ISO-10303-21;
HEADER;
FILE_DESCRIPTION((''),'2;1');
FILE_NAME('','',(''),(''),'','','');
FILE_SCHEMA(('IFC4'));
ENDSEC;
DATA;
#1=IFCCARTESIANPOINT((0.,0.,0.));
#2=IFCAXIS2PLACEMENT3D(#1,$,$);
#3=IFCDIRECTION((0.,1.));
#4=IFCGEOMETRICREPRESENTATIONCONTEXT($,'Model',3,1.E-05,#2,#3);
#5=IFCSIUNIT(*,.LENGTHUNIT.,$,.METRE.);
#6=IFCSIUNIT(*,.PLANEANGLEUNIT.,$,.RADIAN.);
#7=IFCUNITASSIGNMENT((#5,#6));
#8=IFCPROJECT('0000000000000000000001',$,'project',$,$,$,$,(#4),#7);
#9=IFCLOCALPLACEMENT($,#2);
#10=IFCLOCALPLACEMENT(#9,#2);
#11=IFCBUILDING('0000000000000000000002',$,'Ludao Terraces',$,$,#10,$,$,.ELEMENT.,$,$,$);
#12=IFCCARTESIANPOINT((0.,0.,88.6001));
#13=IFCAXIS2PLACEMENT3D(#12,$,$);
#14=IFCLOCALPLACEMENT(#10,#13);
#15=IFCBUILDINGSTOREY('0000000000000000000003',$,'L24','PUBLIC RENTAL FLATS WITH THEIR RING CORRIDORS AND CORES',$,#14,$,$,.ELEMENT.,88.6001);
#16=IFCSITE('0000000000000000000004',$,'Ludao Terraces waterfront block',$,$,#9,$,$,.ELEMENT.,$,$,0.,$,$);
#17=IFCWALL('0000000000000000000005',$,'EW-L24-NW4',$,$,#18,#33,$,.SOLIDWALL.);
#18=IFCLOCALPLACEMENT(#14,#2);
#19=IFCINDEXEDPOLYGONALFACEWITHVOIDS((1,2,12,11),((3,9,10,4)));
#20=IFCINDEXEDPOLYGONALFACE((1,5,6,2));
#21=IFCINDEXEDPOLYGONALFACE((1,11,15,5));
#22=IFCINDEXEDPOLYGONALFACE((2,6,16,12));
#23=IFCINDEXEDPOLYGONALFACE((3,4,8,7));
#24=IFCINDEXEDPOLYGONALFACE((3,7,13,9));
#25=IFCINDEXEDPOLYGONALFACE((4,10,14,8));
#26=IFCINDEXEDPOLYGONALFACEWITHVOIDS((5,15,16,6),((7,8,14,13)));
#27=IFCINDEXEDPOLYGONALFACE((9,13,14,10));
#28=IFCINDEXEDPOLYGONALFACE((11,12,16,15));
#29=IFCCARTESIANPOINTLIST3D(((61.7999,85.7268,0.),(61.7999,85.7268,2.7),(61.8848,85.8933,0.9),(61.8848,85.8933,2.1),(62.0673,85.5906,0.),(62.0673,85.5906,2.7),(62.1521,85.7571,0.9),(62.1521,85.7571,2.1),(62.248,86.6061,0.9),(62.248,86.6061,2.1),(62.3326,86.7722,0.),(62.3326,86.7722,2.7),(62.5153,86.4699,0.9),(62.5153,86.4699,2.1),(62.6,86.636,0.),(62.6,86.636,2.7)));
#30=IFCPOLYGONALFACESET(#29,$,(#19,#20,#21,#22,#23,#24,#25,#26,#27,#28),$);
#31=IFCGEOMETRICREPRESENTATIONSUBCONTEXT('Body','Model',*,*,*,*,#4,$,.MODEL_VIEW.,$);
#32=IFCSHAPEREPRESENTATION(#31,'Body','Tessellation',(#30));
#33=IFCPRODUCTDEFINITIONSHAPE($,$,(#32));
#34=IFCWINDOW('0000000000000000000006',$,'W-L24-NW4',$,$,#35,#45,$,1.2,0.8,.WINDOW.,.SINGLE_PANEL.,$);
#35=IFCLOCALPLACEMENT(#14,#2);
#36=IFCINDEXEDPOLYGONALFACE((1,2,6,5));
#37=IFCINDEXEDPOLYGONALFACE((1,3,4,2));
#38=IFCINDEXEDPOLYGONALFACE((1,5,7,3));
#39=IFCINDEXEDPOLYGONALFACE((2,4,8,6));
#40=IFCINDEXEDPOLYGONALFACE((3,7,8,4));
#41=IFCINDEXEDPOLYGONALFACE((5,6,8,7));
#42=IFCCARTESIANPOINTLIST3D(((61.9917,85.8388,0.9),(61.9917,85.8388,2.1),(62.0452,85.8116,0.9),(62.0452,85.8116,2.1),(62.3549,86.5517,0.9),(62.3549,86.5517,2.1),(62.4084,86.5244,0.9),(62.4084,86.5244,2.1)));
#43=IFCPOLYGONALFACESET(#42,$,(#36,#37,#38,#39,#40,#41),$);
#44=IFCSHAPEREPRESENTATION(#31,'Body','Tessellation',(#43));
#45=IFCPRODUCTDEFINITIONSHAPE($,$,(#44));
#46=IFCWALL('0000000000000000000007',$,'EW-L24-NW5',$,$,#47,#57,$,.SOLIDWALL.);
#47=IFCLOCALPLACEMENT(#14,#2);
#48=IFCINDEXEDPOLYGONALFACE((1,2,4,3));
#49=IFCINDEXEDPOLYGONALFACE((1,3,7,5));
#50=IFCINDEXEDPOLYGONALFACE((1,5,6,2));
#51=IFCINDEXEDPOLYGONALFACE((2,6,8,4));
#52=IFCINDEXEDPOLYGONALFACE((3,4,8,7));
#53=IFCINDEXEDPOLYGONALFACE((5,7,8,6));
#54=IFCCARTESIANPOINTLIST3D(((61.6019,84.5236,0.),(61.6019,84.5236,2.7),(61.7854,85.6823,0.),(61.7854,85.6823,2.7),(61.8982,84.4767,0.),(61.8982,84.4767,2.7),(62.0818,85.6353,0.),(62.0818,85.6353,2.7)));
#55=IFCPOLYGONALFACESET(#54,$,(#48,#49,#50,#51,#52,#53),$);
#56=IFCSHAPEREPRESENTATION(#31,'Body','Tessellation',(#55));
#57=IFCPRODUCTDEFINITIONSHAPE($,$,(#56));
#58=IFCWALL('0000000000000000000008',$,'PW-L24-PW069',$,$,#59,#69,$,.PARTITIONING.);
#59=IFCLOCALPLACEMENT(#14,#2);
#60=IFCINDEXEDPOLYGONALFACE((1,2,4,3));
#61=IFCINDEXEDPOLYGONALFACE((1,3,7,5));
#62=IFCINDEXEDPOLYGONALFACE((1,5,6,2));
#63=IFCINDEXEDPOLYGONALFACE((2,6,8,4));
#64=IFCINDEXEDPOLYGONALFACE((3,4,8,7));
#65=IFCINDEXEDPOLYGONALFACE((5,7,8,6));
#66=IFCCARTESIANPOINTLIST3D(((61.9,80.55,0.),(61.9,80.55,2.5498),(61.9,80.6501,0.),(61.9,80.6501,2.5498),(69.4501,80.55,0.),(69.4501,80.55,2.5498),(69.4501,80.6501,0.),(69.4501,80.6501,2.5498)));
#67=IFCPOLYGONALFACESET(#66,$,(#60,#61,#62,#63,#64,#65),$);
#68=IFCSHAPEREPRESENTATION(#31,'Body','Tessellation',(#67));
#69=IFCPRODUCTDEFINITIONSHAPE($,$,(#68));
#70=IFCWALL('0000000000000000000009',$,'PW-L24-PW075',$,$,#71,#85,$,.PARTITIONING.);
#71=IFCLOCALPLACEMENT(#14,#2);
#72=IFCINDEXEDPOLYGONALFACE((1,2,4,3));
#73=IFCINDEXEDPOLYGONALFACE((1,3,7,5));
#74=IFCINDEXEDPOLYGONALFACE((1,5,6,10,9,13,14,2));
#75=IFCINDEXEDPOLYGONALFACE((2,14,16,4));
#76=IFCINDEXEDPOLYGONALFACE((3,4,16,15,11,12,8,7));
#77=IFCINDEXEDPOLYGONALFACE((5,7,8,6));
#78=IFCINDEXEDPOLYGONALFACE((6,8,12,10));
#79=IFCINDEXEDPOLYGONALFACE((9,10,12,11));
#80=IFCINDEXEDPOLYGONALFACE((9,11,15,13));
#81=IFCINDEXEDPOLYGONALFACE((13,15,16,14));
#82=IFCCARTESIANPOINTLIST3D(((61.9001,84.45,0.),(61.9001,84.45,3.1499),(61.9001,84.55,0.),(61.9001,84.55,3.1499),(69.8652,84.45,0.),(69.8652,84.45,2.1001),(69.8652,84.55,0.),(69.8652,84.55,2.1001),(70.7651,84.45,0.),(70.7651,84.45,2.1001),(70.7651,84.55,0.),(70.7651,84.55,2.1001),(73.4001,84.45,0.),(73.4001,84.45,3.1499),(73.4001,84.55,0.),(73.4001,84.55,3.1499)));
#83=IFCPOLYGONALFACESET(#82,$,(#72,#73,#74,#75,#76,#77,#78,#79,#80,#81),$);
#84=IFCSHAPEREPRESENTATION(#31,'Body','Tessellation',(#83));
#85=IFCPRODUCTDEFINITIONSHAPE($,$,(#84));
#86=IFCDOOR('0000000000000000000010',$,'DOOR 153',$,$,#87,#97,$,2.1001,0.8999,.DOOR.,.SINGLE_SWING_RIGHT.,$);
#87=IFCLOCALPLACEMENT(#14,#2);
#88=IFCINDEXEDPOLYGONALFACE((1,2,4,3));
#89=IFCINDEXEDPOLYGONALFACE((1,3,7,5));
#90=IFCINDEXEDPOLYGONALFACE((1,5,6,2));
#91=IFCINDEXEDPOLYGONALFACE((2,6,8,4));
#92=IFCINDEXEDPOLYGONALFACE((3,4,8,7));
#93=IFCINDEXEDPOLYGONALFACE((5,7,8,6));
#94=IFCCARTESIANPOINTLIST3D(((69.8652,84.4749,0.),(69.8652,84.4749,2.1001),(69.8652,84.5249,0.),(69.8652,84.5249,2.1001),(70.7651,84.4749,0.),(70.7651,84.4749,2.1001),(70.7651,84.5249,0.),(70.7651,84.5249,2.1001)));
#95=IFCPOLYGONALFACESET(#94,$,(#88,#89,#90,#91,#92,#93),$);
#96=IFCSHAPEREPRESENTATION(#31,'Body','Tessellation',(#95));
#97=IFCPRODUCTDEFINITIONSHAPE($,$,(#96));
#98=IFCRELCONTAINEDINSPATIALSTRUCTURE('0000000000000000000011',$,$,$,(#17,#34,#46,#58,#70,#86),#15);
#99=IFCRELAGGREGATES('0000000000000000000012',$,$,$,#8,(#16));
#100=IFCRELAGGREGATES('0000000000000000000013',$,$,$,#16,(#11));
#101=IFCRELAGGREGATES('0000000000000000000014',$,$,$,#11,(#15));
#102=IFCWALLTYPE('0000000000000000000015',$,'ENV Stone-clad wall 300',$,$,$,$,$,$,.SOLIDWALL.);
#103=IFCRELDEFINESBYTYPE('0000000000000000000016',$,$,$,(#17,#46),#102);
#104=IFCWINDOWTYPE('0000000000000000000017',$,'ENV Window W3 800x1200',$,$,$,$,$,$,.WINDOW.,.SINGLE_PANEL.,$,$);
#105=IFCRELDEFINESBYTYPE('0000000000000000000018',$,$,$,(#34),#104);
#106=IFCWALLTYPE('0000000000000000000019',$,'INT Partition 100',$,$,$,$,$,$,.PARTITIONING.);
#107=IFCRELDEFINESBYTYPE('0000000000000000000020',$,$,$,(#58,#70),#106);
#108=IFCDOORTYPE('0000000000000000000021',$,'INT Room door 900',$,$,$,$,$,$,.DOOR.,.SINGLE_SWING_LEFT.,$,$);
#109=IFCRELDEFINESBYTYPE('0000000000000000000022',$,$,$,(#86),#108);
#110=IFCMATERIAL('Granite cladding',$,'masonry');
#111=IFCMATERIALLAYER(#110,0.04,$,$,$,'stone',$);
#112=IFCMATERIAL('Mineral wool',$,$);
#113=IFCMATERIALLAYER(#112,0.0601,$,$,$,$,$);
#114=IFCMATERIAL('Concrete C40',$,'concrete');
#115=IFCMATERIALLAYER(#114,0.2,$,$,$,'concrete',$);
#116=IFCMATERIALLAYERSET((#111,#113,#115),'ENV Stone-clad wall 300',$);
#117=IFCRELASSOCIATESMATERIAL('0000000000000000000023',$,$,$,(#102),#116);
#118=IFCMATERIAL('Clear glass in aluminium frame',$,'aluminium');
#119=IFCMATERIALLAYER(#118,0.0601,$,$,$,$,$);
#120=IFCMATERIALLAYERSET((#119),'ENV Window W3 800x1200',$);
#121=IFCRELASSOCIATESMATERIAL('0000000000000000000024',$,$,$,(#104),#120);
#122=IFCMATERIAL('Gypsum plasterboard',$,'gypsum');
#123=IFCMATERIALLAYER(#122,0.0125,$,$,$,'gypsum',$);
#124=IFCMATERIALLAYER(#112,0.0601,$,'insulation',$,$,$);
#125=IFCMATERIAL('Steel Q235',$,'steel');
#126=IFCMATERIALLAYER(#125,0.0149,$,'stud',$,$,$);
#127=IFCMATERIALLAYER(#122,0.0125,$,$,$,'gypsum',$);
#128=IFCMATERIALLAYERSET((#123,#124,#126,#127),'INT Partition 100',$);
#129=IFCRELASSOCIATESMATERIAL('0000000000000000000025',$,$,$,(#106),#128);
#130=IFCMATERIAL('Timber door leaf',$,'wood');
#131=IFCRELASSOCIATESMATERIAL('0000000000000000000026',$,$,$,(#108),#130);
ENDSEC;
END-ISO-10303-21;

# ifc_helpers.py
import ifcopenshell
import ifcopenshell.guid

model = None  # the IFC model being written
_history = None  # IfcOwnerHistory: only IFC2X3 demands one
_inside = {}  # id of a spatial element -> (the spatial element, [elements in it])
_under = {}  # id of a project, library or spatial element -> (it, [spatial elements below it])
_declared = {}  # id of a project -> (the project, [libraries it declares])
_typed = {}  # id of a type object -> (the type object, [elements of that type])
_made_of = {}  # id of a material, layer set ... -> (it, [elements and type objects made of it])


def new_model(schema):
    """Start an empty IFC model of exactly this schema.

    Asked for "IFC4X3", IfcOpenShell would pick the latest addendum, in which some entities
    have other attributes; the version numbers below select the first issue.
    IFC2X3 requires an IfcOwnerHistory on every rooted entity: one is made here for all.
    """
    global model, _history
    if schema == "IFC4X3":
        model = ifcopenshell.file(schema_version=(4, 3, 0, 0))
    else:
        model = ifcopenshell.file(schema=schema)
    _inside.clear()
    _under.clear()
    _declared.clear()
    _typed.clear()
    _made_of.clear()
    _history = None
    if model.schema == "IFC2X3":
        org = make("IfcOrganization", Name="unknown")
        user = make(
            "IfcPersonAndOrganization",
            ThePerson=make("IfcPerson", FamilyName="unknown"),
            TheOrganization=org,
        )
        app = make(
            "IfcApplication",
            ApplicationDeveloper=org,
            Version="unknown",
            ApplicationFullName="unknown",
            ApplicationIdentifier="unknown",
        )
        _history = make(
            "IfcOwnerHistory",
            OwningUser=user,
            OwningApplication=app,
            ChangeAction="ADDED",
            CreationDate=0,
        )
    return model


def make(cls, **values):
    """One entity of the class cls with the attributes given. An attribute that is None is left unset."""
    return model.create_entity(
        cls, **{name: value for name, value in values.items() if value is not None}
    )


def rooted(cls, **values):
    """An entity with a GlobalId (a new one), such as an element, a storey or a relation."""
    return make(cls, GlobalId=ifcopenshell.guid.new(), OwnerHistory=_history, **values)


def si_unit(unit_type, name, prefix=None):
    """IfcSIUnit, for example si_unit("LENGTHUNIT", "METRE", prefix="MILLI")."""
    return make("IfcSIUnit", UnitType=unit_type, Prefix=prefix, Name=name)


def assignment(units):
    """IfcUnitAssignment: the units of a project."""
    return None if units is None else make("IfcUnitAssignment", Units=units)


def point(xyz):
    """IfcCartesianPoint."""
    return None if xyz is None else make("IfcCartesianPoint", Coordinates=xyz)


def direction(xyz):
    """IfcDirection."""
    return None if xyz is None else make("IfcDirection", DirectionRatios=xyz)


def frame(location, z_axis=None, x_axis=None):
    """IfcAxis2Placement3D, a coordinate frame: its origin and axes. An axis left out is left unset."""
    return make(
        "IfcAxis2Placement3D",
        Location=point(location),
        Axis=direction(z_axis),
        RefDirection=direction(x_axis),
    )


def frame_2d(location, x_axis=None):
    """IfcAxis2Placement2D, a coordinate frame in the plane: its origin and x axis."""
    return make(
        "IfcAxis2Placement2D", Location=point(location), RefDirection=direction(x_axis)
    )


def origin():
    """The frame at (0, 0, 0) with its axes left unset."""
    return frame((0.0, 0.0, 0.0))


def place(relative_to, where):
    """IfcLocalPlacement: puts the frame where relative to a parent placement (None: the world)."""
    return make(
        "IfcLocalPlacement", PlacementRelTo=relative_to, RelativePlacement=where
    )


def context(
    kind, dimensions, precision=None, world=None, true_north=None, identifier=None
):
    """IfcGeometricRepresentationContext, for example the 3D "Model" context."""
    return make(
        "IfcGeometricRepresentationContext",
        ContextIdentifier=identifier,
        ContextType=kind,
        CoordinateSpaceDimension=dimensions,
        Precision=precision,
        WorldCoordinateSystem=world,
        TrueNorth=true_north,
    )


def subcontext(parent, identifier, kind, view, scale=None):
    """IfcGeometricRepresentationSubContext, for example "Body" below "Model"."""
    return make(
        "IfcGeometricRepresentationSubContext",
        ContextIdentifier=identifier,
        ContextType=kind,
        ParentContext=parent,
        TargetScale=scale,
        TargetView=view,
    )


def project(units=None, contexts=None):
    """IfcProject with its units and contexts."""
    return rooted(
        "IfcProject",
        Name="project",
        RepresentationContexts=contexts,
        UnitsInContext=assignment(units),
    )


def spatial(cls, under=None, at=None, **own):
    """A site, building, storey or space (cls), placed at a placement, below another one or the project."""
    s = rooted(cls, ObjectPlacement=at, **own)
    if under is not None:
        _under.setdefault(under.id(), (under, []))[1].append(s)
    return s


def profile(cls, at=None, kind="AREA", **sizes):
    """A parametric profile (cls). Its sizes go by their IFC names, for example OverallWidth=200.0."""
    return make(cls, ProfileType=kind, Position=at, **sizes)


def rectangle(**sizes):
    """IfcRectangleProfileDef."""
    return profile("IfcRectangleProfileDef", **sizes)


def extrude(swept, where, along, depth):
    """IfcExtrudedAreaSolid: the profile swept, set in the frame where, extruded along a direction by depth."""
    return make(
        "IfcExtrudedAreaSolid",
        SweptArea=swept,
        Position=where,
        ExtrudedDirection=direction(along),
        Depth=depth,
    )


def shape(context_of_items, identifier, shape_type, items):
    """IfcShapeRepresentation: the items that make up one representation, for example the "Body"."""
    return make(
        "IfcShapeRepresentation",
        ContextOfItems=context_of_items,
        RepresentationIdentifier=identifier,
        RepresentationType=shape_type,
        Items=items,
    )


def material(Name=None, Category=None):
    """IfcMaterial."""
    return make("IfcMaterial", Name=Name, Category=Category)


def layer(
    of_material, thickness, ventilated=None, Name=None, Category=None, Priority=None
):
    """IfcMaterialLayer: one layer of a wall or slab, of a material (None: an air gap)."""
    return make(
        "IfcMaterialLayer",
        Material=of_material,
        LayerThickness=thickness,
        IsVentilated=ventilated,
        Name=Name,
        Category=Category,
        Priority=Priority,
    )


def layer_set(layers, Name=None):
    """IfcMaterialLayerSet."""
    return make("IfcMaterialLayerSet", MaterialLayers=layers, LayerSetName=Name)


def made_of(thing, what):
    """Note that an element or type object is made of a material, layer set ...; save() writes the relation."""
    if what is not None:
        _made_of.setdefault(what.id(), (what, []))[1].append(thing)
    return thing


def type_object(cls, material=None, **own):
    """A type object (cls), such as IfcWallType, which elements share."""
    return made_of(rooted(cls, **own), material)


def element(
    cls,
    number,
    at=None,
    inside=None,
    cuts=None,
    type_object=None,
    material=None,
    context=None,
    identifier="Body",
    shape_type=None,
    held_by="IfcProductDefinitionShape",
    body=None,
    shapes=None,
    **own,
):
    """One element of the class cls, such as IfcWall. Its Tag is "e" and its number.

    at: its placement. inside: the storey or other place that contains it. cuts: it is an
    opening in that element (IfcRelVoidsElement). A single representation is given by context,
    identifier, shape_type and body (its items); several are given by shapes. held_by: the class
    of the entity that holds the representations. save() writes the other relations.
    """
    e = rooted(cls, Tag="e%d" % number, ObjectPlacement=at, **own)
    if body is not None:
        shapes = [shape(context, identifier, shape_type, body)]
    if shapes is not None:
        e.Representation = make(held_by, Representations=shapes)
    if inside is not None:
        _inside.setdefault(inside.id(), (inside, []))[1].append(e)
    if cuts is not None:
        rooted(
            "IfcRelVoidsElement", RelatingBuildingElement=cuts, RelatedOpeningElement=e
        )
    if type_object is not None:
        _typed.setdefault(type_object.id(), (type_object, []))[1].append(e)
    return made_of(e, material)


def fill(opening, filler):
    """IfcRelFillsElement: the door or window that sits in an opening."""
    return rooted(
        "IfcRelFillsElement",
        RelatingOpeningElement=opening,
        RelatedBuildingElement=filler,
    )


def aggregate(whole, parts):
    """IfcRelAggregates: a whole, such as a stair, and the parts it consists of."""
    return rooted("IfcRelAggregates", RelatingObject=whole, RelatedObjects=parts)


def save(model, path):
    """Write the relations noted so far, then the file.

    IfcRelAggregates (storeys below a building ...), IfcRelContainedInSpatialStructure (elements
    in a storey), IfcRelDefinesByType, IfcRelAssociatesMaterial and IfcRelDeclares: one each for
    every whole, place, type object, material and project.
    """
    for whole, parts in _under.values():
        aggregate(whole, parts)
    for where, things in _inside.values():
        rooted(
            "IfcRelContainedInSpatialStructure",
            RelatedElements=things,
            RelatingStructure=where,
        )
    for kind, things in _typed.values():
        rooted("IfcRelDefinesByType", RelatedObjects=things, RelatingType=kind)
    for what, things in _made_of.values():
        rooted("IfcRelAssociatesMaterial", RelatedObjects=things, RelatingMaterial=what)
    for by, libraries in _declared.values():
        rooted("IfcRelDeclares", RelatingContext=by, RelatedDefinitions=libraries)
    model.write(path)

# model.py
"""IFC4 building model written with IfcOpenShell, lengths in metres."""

from ifc_helpers import new_model, si_unit, direction, frame, frame_2d, origin, place, context, subcontext, project, spatial, rectangle, extrude, material, layer, layer_set, type_object, element, fill, save


model = new_model("IFC4")

# Units and contexts
model_context = context("Model", 3, precision=1e-05, world=origin(), true_north=direction((0.0, 1.0)))
body_context = subcontext(model_context, "Body", "Model", "MODEL_VIEW")
ifc_project = project(units=[si_unit("LENGTHUNIT", "METRE"), si_unit("PLANEANGLEUNIT", "RADIAN")], contexts=[model_context])

# Site, building, storey
site_placement = place(None, origin())
site = spatial("IfcSite", under=ifc_project, at=site_placement, Name="Ludao Terraces waterfront block", CompositionType="ELEMENT", RefElevation=0.0)
building_placement = place(site_placement, origin())
building = spatial("IfcBuilding", under=site, at=building_placement, Name="Ludao Terraces", CompositionType="ELEMENT")
storey_placement = place(building_placement, frame((0.0, 0.0, 88.6001)))
storey = spatial("IfcBuildingStorey", under=building, at=storey_placement, Name="L24", Description="PUBLIC RENTAL FLATS WITH THEIR RING CORRIDORS AND CORES", CompositionType="ELEMENT", Elevation=88.6001)

# Shared definitions
ifc_material_1 = material(Name="Concrete C40", Category="concrete")

# Wall, opening, window
ifc_material_2 = material(Name="Granite cladding", Category="masonry")
ifc_layer_1 = layer(ifc_material_2, 0.04, Category="stone")
ifc_material_3 = material(Name="Mineral wool")
ifc_layer_2 = layer(ifc_material_3, 0.0601)
ifc_layer_3 = layer(ifc_material_1, 0.2, Category="concrete")
ifc_layer_set_1 = layer_set([ifc_layer_1, ifc_layer_2, ifc_layer_3], Name="ENV Stone-clad wall 300")
wall_type_1 = type_object("IfcWallType", Name="ENV Stone-clad wall 300", PredefinedType="SOLIDWALL", material=ifc_layer_set_1)
ifc_material_4 = material(Name="Clear glass in aluminium frame", Category="aluminium")
ifc_layer_4 = layer(ifc_material_4, 0.0601)
ifc_layer_set_2 = layer_set([ifc_layer_4], Name="ENV Window W3 800x1200")
window_type_1 = type_object("IfcWindowType", Name="ENV Window W3 800x1200", PartitioningType="SINGLE_PANEL", PredefinedType="WINDOW", material=ifc_layer_set_2)
wall_1_placement = place(storey_placement, frame((62.4663, 86.7041, 0.0), z_axis=(0.0, 0.0, 1.0), x_axis=(-0.454026, -0.890989, 0.0)))
wall_1 = element("IfcWall", 1, at=wall_1_placement, inside=storey, type_object=wall_type_1, Name="EW-L24-NW4", PredefinedType="SOLIDWALL", context=body_context, shape_type="SweptSolid", body=[
    extrude(rectangle(XDim=1.1733, YDim=0.3, at=frame_2d((0.5867, 0.0))), origin(), (0.0, 0.0, 1.0), 2.7),
])
opening_1_placement = place(wall_1_placement, frame((0.1865, 0.0, 0.8999)))
opening_1 = element("IfcOpeningElement", 2, at=opening_1_placement, cuts=wall_1, PredefinedType="OPENING", context=body_context, shape_type="SweptSolid", body=[
    extrude(rectangle(XDim=0.8, YDim=1.2, at=frame_2d((0.3999, 0.6001))), frame((0.0, 0.1602, 0.0), z_axis=(0.0, -1.0, 0.0), x_axis=(1.0, 0.0, 0.0)), (0.0, 0.0, 1.0), 0.3201),
])
window_1_placement = place(opening_1_placement, origin())
window_1 = element("IfcWindow", 3, at=window_1_placement, inside=storey, type_object=window_type_1, Name="W-L24-NW4", OverallHeight=1.2, OverallWidth=0.8, PartitioningType="SINGLE_PANEL", PredefinedType="WINDOW", context=body_context, shape_type="SweptSolid", body=[
    extrude(rectangle(XDim=0.8, YDim=1.2, at=frame_2d((0.3999, 0.6001))), frame((0.0, 0.03, 0.0), z_axis=(0.0, -1.0, 0.0), x_axis=(1.0, 0.0, 0.0)), (0.0, 0.0, 1.0), 0.0601),
])
fill(opening_1, window_1)

# Walls
wall_2_placement = place(storey_placement, frame((61.9336, 85.6587, 0.0), z_axis=(0.0, 0.0, 1.0), x_axis=(-0.156497, -0.987678, 0.0)))
element("IfcWall", 4, at=wall_2_placement, inside=storey, type_object=wall_type_1, Name="EW-L24-NW5", PredefinedType="SOLIDWALL", context=body_context, shape_type="SweptSolid", body=[
    extrude(rectangle(XDim=1.1731, YDim=0.3, at=frame_2d((0.5864, 0.0))), origin(), (0.0, 0.0, 1.0), 2.7),
])
ifc_material_5 = material(Name="Gypsum plasterboard", Category="gypsum")
ifc_layer_5 = layer(ifc_material_5, 0.0125, Category="gypsum")
ifc_layer_6 = layer(ifc_material_3, 0.0601, Name="insulation")
ifc_material_6 = material(Name="Steel Q235", Category="steel")
ifc_layer_7 = layer(ifc_material_6, 0.0149, Name="stud")
ifc_layer_8 = layer(ifc_material_5, 0.0125, Category="gypsum")
ifc_layer_set_3 = layer_set([ifc_layer_5, ifc_layer_6, ifc_layer_7, ifc_layer_8], Name="INT Partition 100")
wall_type_2 = type_object("IfcWallType", Name="INT Partition 100", PredefinedType="PARTITIONING", material=ifc_layer_set_3)
wall_3_placement = place(storey_placement, frame((61.9001, 80.6001, 0.0), z_axis=(0.0, 0.0, 1.0), x_axis=(1.0, 0.0, 0.0)))
element("IfcWall", 5, at=wall_3_placement, inside=storey, type_object=wall_type_2, Name="PW-L24-PW069", PredefinedType="PARTITIONING", context=body_context, shape_type="SweptSolid", body=[
    extrude(rectangle(XDim=7.55, YDim=0.1001, at=frame_2d((3.7749, 0.0))), origin(), (0.0, 0.0, 1.0), 2.5498),
])

# Wall, opening, door
wall_4_placement = place(storey_placement, frame((61.9001, 84.5, 0.0), z_axis=(0.0, 0.0, 1.0), x_axis=(1.0, 0.0, 0.0)))
wall_4 = element("IfcWall", 6, at=wall_4_placement, inside=storey, type_object=wall_type_2, Name="PW-L24-PW075", PredefinedType="PARTITIONING", context=body_context, shape_type="SweptSolid", body=[
    extrude(rectangle(XDim=11.5, YDim=0.1001, at=frame_2d((5.75, 0.0))), origin(), (0.0, 0.0, 1.0), 3.1499),
])
opening_2_placement = place(wall_4_placement, frame((7.9651, 0.0, 0.0)))
opening_2 = element("IfcOpeningElement", 7, at=opening_2_placement, cuts=wall_4, PredefinedType="OPENING", context=body_context, shape_type="SweptSolid", body=[
    extrude(rectangle(XDim=0.8999, YDim=2.1001, at=frame_2d((0.45, 1.05))), frame((0.0, 0.0601, 0.0), z_axis=(0.0, -1.0, 0.0), x_axis=(1.0, 0.0, 0.0)), (0.0, 0.0, 1.0), 0.1201),
])
ifc_material_7 = material(Name="Timber door leaf", Category="wood")
door_type = type_object("IfcDoorType", Name="INT Room door 900", OperationType="SINGLE_SWING_LEFT", PredefinedType="DOOR", material=ifc_material_7)
door_placement = place(opening_2_placement, origin())
door = element("IfcDoor", 8, at=door_placement, inside=storey, type_object=door_type, Name="DOOR 153", OperationType="SINGLE_SWING_RIGHT", OverallHeight=2.1001, OverallWidth=0.8999, PredefinedType="DOOR", context=body_context, shape_type="SweptSolid", body=[
    extrude(rectangle(XDim=0.8999, YDim=2.1001, at=frame_2d((0.45, 1.05))), frame((0.0, 0.0249, 0.0), z_axis=(0.0, -1.0, 0.0), x_axis=(1.0, 0.0, 0.0)), (0.0, 0.0, 1.0), 0.05),
])
fill(opening_2, door)

save(model, "model.ifc")
